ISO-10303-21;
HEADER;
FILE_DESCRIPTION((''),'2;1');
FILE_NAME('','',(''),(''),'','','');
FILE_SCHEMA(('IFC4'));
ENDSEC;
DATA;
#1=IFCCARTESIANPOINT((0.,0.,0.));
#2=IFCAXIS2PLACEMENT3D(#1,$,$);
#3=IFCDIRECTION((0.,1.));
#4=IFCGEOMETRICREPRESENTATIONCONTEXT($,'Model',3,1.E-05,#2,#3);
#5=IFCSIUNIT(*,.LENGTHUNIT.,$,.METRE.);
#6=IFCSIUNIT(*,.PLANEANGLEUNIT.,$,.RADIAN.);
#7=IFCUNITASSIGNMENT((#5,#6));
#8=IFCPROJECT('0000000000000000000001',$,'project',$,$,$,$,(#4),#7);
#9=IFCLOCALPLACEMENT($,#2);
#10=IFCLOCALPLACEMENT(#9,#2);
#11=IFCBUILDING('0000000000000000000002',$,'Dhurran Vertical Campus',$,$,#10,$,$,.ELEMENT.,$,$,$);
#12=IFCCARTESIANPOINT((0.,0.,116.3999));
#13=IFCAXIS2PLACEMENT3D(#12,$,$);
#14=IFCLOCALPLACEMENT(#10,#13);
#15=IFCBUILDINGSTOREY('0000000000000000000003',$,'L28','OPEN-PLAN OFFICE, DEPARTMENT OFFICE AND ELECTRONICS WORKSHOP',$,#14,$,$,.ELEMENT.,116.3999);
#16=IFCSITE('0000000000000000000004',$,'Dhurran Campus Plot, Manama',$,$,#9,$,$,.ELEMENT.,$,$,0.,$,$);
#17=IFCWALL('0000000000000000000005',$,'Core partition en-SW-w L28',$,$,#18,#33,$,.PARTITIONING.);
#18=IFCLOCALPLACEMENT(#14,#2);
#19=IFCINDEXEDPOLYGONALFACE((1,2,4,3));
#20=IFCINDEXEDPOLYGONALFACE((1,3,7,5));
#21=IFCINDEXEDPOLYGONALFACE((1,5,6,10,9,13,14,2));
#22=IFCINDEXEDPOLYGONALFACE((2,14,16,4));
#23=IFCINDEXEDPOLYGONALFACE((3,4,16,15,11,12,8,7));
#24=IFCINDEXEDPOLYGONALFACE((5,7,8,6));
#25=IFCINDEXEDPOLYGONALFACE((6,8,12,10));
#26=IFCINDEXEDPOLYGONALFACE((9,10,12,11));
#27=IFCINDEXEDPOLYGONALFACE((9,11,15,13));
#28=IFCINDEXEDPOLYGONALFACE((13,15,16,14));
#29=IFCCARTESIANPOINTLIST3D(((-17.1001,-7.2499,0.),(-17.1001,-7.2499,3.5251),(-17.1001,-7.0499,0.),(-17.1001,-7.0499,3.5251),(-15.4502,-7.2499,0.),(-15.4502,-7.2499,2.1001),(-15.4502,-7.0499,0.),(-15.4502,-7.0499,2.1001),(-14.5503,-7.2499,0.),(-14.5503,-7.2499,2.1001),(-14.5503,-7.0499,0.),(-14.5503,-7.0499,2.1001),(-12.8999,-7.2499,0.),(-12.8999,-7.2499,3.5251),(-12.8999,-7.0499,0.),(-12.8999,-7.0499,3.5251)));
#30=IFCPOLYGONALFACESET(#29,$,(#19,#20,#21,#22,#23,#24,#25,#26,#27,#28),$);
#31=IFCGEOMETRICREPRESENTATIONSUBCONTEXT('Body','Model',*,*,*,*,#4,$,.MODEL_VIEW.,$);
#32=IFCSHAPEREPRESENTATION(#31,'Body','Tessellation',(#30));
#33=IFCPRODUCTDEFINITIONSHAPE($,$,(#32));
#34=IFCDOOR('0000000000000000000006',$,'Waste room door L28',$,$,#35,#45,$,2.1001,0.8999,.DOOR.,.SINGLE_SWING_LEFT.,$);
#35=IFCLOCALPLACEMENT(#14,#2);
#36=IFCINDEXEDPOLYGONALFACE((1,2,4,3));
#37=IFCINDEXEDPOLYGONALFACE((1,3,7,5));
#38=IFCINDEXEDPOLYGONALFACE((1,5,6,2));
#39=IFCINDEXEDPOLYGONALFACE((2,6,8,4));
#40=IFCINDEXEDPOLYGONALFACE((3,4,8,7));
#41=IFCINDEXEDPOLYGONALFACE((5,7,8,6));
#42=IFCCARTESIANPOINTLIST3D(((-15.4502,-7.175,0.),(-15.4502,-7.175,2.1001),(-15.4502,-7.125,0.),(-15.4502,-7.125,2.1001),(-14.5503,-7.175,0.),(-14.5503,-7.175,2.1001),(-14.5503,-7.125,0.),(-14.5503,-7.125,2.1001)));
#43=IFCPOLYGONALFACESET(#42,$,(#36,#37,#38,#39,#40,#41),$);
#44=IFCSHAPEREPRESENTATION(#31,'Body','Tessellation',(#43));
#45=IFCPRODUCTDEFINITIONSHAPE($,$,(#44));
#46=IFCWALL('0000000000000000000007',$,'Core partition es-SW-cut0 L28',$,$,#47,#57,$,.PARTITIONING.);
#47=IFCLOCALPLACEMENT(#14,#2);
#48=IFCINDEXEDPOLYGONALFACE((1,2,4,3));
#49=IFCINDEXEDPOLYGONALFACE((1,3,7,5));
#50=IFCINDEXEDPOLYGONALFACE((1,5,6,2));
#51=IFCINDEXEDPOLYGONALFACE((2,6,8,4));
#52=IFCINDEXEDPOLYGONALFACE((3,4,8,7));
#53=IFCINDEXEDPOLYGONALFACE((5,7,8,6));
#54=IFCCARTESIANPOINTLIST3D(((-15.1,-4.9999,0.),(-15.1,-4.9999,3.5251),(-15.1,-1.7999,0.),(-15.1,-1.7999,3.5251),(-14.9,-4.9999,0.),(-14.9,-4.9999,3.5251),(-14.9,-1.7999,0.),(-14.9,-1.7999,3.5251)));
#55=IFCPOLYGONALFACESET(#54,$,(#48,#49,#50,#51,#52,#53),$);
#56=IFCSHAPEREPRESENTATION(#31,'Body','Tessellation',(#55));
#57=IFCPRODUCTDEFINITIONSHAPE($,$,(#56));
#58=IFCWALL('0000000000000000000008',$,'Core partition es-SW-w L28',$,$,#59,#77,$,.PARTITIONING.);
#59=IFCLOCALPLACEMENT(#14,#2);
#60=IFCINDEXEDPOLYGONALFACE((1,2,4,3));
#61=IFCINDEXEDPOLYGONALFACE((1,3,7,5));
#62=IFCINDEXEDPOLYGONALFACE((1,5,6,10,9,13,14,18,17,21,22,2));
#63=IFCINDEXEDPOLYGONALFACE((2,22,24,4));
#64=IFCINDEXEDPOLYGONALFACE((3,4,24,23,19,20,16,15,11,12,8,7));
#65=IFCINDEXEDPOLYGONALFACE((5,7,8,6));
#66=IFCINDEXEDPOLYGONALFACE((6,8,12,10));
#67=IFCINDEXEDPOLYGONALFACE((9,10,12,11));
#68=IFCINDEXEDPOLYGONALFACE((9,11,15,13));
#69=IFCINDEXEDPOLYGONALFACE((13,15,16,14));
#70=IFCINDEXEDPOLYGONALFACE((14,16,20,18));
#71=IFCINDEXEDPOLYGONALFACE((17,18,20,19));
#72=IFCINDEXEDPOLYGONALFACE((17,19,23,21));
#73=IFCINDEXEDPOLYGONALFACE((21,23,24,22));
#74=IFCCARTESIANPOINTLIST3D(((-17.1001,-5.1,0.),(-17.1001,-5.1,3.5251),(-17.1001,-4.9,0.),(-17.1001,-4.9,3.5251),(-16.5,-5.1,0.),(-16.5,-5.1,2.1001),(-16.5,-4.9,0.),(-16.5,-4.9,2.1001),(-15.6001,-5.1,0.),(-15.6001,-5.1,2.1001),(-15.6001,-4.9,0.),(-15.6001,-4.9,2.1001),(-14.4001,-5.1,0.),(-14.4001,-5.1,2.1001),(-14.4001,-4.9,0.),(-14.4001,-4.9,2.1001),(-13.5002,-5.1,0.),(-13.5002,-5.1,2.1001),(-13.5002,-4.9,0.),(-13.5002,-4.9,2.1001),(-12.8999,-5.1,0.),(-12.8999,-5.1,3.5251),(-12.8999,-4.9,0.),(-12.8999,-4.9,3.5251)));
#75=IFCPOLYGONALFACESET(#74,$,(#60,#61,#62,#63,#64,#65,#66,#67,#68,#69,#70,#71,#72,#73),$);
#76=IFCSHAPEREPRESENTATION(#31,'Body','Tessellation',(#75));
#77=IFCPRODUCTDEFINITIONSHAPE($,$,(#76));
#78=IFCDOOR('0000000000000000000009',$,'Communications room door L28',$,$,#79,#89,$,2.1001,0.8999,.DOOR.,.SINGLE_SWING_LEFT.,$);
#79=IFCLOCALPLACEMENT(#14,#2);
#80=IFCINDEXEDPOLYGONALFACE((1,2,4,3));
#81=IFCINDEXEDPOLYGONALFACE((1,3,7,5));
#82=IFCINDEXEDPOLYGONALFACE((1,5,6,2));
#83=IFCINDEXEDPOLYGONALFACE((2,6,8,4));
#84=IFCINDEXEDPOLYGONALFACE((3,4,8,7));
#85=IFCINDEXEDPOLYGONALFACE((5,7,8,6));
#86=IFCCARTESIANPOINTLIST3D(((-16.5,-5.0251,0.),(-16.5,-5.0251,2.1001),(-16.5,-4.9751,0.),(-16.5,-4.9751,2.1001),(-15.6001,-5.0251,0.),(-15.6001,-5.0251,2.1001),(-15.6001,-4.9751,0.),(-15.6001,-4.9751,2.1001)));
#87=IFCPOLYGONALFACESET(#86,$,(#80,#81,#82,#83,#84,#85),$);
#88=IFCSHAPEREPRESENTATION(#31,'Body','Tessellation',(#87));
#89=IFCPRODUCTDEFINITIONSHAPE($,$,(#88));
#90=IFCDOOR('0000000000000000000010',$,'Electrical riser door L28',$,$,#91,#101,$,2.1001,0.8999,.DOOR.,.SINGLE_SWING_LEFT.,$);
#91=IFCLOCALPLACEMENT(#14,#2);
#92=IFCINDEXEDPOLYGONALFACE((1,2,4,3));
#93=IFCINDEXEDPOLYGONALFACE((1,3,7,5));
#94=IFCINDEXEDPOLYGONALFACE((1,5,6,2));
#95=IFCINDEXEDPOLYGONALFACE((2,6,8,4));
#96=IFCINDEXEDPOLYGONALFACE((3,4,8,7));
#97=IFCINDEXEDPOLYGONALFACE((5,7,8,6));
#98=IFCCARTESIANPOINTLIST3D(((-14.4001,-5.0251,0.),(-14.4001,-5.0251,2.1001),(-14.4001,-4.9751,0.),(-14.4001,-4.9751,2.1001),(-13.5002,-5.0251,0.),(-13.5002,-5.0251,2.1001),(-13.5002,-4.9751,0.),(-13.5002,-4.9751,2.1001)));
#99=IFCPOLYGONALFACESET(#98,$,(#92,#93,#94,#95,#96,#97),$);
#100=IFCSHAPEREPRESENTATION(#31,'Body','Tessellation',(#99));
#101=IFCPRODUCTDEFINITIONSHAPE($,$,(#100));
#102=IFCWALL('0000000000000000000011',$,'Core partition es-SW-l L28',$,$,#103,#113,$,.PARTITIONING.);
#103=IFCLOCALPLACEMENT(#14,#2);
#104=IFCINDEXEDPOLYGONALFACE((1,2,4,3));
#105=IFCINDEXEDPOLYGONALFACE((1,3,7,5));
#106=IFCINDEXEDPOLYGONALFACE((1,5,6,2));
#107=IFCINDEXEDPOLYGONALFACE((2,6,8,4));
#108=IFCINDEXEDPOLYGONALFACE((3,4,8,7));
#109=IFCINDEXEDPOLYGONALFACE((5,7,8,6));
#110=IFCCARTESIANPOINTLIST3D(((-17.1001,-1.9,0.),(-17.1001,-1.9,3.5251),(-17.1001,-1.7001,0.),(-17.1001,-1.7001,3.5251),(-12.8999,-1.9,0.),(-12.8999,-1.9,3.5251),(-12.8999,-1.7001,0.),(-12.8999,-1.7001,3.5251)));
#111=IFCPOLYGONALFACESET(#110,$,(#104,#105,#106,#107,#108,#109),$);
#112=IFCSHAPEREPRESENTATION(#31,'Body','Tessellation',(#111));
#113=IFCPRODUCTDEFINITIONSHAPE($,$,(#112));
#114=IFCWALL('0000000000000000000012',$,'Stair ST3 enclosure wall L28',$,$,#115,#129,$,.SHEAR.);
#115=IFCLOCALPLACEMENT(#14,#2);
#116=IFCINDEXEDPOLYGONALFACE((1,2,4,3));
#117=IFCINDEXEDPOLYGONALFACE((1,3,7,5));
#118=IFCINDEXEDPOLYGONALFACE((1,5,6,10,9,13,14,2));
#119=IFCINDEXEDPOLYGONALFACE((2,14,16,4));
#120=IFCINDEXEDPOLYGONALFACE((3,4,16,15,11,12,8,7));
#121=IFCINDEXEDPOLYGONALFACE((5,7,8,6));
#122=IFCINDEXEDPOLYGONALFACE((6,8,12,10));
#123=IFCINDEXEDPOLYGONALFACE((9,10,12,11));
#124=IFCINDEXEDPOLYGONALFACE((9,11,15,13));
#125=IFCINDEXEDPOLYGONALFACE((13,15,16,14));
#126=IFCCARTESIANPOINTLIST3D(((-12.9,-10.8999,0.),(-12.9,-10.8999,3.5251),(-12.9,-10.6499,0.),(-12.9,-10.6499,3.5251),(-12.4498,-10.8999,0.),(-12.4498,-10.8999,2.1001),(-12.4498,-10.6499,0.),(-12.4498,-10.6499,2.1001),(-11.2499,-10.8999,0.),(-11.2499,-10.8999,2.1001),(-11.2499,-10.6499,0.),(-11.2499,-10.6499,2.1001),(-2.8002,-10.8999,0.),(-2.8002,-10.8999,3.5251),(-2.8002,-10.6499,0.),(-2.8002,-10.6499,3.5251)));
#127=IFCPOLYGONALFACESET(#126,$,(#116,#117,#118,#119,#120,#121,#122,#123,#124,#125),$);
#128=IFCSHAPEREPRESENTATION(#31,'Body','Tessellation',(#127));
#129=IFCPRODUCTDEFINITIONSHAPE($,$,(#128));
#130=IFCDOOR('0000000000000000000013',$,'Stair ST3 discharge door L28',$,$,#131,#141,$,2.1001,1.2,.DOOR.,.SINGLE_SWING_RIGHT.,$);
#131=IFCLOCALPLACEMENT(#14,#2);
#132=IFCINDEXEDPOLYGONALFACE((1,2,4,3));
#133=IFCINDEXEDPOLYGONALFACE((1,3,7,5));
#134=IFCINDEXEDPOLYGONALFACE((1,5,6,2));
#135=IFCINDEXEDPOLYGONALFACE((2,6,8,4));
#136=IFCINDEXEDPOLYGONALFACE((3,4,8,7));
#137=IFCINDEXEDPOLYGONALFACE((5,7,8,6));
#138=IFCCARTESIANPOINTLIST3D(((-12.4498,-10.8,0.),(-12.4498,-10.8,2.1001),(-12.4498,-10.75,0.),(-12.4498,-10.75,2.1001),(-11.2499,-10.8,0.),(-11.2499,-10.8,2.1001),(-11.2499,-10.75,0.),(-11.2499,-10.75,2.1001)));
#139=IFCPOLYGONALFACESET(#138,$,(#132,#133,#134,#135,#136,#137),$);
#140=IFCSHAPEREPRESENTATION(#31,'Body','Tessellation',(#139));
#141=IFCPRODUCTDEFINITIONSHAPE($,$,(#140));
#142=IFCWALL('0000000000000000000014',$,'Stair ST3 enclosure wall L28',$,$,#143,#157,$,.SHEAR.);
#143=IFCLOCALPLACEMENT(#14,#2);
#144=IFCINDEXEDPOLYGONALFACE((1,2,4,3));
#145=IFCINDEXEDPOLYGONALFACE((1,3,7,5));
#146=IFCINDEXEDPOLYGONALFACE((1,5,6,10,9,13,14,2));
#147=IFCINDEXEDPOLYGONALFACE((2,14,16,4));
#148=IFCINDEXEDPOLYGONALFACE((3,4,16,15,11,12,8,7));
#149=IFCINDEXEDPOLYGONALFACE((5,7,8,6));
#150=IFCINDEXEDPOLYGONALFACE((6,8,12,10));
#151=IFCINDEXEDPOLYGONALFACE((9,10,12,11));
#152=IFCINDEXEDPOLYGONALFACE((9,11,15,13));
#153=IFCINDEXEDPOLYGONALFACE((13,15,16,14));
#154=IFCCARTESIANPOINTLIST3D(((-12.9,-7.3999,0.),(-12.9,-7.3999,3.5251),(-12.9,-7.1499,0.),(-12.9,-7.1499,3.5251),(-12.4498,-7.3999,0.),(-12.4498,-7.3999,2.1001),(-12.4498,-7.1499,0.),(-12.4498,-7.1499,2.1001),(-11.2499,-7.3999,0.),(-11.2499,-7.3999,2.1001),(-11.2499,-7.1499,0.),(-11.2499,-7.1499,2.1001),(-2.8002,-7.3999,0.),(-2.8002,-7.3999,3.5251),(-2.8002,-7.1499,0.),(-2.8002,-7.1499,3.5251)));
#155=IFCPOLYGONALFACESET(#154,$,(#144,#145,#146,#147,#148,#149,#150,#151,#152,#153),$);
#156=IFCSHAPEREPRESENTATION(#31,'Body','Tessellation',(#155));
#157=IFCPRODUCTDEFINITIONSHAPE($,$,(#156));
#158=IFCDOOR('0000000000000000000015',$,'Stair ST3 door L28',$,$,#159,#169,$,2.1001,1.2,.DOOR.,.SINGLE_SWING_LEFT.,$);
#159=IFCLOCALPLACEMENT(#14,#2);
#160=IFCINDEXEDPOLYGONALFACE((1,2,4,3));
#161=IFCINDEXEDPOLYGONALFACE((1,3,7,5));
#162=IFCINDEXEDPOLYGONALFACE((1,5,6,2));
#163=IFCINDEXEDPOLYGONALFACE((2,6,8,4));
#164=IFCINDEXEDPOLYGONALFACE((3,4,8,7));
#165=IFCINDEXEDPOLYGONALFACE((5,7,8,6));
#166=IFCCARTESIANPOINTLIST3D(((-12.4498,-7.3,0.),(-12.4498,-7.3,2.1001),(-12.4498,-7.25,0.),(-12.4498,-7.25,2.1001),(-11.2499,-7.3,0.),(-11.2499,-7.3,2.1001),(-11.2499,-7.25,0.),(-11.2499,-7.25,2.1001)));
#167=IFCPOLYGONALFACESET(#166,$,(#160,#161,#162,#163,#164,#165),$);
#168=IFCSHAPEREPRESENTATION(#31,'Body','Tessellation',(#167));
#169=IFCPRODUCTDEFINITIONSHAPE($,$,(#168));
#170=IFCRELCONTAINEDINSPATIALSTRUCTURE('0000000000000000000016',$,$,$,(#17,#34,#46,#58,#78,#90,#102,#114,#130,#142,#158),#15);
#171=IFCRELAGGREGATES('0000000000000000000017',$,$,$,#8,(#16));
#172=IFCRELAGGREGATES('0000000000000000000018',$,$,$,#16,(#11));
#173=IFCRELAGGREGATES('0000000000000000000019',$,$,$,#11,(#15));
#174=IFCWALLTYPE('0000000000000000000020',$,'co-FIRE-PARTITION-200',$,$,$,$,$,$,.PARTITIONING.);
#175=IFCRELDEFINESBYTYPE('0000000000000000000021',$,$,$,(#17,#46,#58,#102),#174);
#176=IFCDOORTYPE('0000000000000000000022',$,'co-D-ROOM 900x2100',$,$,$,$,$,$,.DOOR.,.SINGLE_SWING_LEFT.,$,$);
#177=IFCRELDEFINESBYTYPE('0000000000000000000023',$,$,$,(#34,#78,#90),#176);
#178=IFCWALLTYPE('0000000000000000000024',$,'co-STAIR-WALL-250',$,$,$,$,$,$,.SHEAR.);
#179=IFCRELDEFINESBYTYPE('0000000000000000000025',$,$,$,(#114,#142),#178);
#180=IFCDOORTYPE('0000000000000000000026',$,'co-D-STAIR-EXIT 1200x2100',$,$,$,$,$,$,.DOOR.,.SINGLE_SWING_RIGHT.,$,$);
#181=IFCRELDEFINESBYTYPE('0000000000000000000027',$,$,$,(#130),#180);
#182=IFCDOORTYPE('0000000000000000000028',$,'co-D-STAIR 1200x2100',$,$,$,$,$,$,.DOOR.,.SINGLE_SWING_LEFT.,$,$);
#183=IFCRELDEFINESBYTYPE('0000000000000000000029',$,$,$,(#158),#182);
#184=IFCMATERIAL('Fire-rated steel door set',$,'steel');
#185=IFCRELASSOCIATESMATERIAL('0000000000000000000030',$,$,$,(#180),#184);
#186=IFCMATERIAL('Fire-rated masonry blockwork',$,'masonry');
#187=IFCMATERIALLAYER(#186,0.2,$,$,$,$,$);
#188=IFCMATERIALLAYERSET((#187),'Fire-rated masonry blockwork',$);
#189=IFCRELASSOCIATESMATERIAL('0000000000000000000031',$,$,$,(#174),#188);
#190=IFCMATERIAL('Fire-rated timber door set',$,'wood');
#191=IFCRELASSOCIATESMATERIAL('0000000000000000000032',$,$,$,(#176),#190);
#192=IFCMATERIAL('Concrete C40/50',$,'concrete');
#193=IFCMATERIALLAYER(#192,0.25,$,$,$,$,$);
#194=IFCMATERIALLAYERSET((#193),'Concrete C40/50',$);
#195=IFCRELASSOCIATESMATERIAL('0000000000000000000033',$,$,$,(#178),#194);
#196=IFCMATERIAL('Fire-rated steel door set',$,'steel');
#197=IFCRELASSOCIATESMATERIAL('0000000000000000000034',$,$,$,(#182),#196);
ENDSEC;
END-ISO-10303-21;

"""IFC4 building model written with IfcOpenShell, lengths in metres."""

from ifc_helpers import new_model, si_unit, direction, frame, frame_2d, origin, place, context, subcontext, project, spatial, rectangle, extrude, material, layer, layer_set, type_object, element, fill, save


model = new_model("IFC4")

# Units and contexts
model_context = context("Model", 3, precision=1e-05, world=origin(), true_north=direction((0.0, 1.0)))
body_context = subcontext(model_context, "Body", "Model", "MODEL_VIEW")
ifc_project = project(units=[si_unit("LENGTHUNIT", "METRE"), si_unit("PLANEANGLEUNIT", "RADIAN")], contexts=[model_context])

# Site, building, storey
site_placement = place(None, origin())
site = spatial("IfcSite", under=ifc_project, at=site_placement, Name="Dhurran Campus Plot, Manama", CompositionType="ELEMENT", RefElevation=0.0)
building_placement = place(site_placement, origin())
building = spatial("IfcBuilding", under=site, at=building_placement, Name="Dhurran Vertical Campus", CompositionType="ELEMENT")
storey_placement = place(building_placement, frame((0.0, 0.0, 116.3999)))
storey = spatial("IfcBuildingStorey", under=building, at=storey_placement, Name="L28", Description="OPEN-PLAN OFFICE, DEPARTMENT OFFICE AND ELECTRONICS WORKSHOP", CompositionType="ELEMENT", Elevation=116.3999)

# Shared definitions
ifc_material_1 = material(Name="Fire-rated steel door set", Category="steel")
door_type_1 = type_object("IfcDoorType", Name="co-D-STAIR-EXIT 1200x2100", OperationType="SINGLE_SWING_RIGHT", PredefinedType="DOOR", material=ifc_material_1)

# Wall, opening, door
ifc_material_2 = material(Name="Fire-rated masonry blockwork", Category="masonry")
ifc_layer_1 = layer(ifc_material_2, 0.2)
ifc_layer_set_1 = layer_set([ifc_layer_1], Name="Fire-rated masonry blockwork")
wall_type_1 = type_object("IfcWallType", Name="co-FIRE-PARTITION-200", PredefinedType="PARTITIONING", material=ifc_layer_set_1)
wall_1_placement = place(storey_placement, frame((-17.1001, -7.1499, 0.0), z_axis=(0.0, 0.0, 1.0), x_axis=(1.0, 0.0, 0.0)))
wall_1 = element("IfcWall", 1, at=wall_1_placement, inside=storey, type_object=wall_type_1, Name="Core partition en-SW-w L28", PredefinedType="PARTITIONING", context=body_context, shape_type="SweptSolid", body=[
    extrude(rectangle(XDim=4.2002, YDim=0.2, at=frame_2d((2.1001, 0.0))), origin(), (0.0, 0.0, 1.0), 3.5251),
])
opening_1_placement = place(wall_1_placement, frame((1.6499, 0.0, 0.0)))
opening_1 = element("IfcOpeningElement", 2, at=opening_1_placement, cuts=wall_1, PredefinedType="OPENING", context=body_context, shape_type="SweptSolid", body=[
    extrude(rectangle(XDim=0.8999, YDim=2.1001, at=frame_2d((0.45, 1.05))), frame((0.0, 0.1099, 0.0), z_axis=(0.0, -1.0, 0.0), x_axis=(1.0, 0.0, 0.0)), (0.0, 0.0, 1.0), 0.22),
])
ifc_material_3 = material(Name="Fire-rated timber door set", Category="wood")
door_type_2 = type_object("IfcDoorType", Name="co-D-ROOM 900x2100", OperationType="SINGLE_SWING_LEFT", PredefinedType="DOOR", material=ifc_material_3)
door_1_placement = place(opening_1_placement, origin())
door_1 = element("IfcDoor", 3, at=door_1_placement, inside=storey, type_object=door_type_2, Name="Waste room door L28", OperationType="SINGLE_SWING_LEFT", OverallHeight=2.1001, OverallWidth=0.8999, PredefinedType="DOOR", context=body_context, shape_type="SweptSolid", body=[
    extrude(rectangle(XDim=0.8999, YDim=2.1001, at=frame_2d((0.45, 1.05))), frame((0.0, 0.0249, 0.0), z_axis=(0.0, -1.0, 0.0), x_axis=(1.0, 0.0, 0.0)), (0.0, 0.0, 1.0), 0.05),
])
fill(opening_1, door_1)

# Wall
wall_2_placement = place(storey_placement, frame((-15.0, -5.0, 0.0), z_axis=(0.0, 0.0, 1.0), x_axis=(0.0, 1.0, 0.0)))
element("IfcWall", 4, at=wall_2_placement, inside=storey, type_object=wall_type_1, Name="Core partition es-SW-cut0 L28", PredefinedType="PARTITIONING", context=body_context, shape_type="SweptSolid", body=[
    extrude(rectangle(XDim=3.2, YDim=0.2, at=frame_2d((1.6001, 0.0))), origin(), (0.0, 0.0, 1.0), 3.5251),
])

# Wall, openings, doors
wall_3_placement = place(storey_placement, frame((-17.1001, -5.0, 0.0), z_axis=(0.0, 0.0, 1.0), x_axis=(1.0, 0.0, 0.0)))
wall_3 = element("IfcWall", 5, at=wall_3_placement, inside=storey, type_object=wall_type_1, Name="Core partition es-SW-w L28", PredefinedType="PARTITIONING", context=body_context, shape_type="SweptSolid", body=[
    extrude(rectangle(XDim=4.2002, YDim=0.2, at=frame_2d((2.1001, 0.0))), origin(), (0.0, 0.0, 1.0), 3.5251),
])
opening_2_placement = place(wall_3_placement, frame((0.6001, 0.0, 0.0)))
opening_2 = element("IfcOpeningElement", 6, at=opening_2_placement, cuts=wall_3, PredefinedType="OPENING", context=body_context, shape_type="SweptSolid", body=[
    extrude(rectangle(XDim=0.8999, YDim=2.1001, at=frame_2d((0.45, 1.05))), frame((0.0, 0.1099, 0.0), z_axis=(0.0, -1.0, 0.0), x_axis=(1.0, 0.0, 0.0)), (0.0, 0.0, 1.0), 0.22),
])
opening_3_placement = place(wall_3_placement, frame((2.7, 0.0, 0.0)))
opening_3 = element("IfcOpeningElement", 7, at=opening_3_placement, cuts=wall_3, PredefinedType="OPENING", context=body_context, shape_type="SweptSolid", body=[
    extrude(rectangle(XDim=0.8999, YDim=2.1001, at=frame_2d((0.45, 1.05))), frame((0.0, 0.1099, 0.0), z_axis=(0.0, -1.0, 0.0), x_axis=(1.0, 0.0, 0.0)), (0.0, 0.0, 1.0), 0.22),
])
door_2_placement = place(opening_2_placement, origin())
door_2 = element("IfcDoor", 8, at=door_2_placement, inside=storey, type_object=door_type_2, Name="Communications room door L28", OperationType="SINGLE_SWING_LEFT", OverallHeight=2.1001, OverallWidth=0.8999, PredefinedType="DOOR", context=body_context, shape_type="SweptSolid", body=[
    extrude(rectangle(XDim=0.8999, YDim=2.1001, at=frame_2d((0.45, 1.05))), frame((0.0, 0.0249, 0.0), z_axis=(0.0, -1.0, 0.0), x_axis=(1.0, 0.0, 0.0)), (0.0, 0.0, 1.0), 0.05),
])
fill(opening_2, door_2)
door_3_placement = place(opening_3_placement, origin())
door_3 = element("IfcDoor", 9, at=door_3_placement, inside=storey, type_object=door_type_2, Name="Electrical riser door L28", OperationType="SINGLE_SWING_LEFT", OverallHeight=2.1001, OverallWidth=0.8999, PredefinedType="DOOR", context=body_context, shape_type="SweptSolid", body=[
    extrude(rectangle(XDim=0.8999, YDim=2.1001, at=frame_2d((0.45, 1.05))), frame((0.0, 0.0249, 0.0), z_axis=(0.0, -1.0, 0.0), x_axis=(1.0, 0.0, 0.0)), (0.0, 0.0, 1.0), 0.05),
])
fill(opening_3, door_3)

# Wall
wall_4_placement = place(storey_placement, frame((-17.1001, -1.8, 0.0), z_axis=(0.0, 0.0, 1.0), x_axis=(1.0, 0.0, 0.0)))
element("IfcWall", 10, at=wall_4_placement, inside=storey, type_object=wall_type_1, Name="Core partition es-SW-l L28", PredefinedType="PARTITIONING", context=body_context, shape_type="SweptSolid", body=[
    extrude(rectangle(XDim=4.2002, YDim=0.2, at=frame_2d((2.1001, 0.0))), origin(), (0.0, 0.0, 1.0), 3.5251),
])

# Walls, openings, doors
ifc_material_4 = material(Name="Concrete C40/50", Category="concrete")
ifc_layer_2 = layer(ifc_material_4, 0.25)
ifc_layer_set_2 = layer_set([ifc_layer_2], Name="Concrete C40/50")
wall_type_2 = type_object("IfcWallType", Name="co-STAIR-WALL-250", PredefinedType="SHEAR", material=ifc_layer_set_2)
wall_5_placement = place(storey_placement, frame((-12.8999, -10.7749, 0.0), z_axis=(0.0, 0.0, 1.0), x_axis=(1.0, 0.0, 0.0)))
wall_5 = element("IfcWall", 11, at=wall_5_placement, inside=storey, type_object=wall_type_2, Name="Stair ST3 enclosure wall L28", PredefinedType="SHEAR", context=body_context, shape_type="SweptSolid", body=[
    extrude(rectangle(XDim=10.0999, YDim=0.25, at=frame_2d((5.0498, 0.0))), origin(), (0.0, 0.0, 1.0), 3.5251),
])
opening_4_placement = place(wall_5_placement, frame((0.45, 0.0, 0.0)))
opening_4 = element("IfcOpeningElement", 12, at=opening_4_placement, cuts=wall_5, PredefinedType="OPENING", context=body_context, shape_type="SweptSolid", body=[
    extrude(rectangle(XDim=1.2, YDim=2.1001, at=frame_2d((0.6001, 1.05))), frame((0.0, 0.135, 0.0), z_axis=(0.0, -1.0, 0.0), x_axis=(1.0, 0.0, 0.0)), (0.0, 0.0, 1.0), 0.27),
])
door_4_placement = place(opening_4_placement, origin())
door_4 = element("IfcDoor", 13, at=door_4_placement, inside=storey, type_object=door_type_1, Name="Stair ST3 discharge door L28", OperationType="SINGLE_SWING_RIGHT", OverallHeight=2.1001, OverallWidth=1.2, PredefinedType="DOOR", context=body_context, shape_type="SweptSolid", body=[
    extrude(rectangle(XDim=1.2, YDim=2.1001, at=frame_2d((0.6001, 1.05))), frame((0.0, 0.0249, 0.0), z_axis=(0.0, -1.0, 0.0), x_axis=(1.0, 0.0, 0.0)), (0.0, 0.0, 1.0), 0.05),
])
fill(opening_4, door_4)
wall_6_placement = place(storey_placement, frame((-12.8999, -7.2749, 0.0), z_axis=(0.0, 0.0, 1.0), x_axis=(1.0, 0.0, 0.0)))
wall_6 = element("IfcWall", 14, at=wall_6_placement, inside=storey, type_object=wall_type_2, Name="Stair ST3 enclosure wall L28", PredefinedType="SHEAR", context=body_context, shape_type="SweptSolid", body=[
    extrude(rectangle(XDim=10.0999, YDim=0.25, at=frame_2d((5.0498, 0.0))), origin(), (0.0, 0.0, 1.0), 3.5251),
])
opening_5_placement = place(wall_6_placement, frame((0.45, 0.0, 0.0)))
opening_5 = element("IfcOpeningElement", 15, at=opening_5_placement, cuts=wall_6, PredefinedType="OPENING", context=body_context, shape_type="SweptSolid", body=[
    extrude(rectangle(XDim=1.2, YDim=2.1001, at=frame_2d((0.6001, 1.05))), frame((0.0, 0.135, 0.0), z_axis=(0.0, -1.0, 0.0), x_axis=(1.0, 0.0, 0.0)), (0.0, 0.0, 1.0), 0.27),
])
ifc_material_5 = material(Name="Fire-rated steel door set", Category="steel")
door_type_3 = type_object("IfcDoorType", Name="co-D-STAIR 1200x2100", OperationType="SINGLE_SWING_LEFT", PredefinedType="DOOR", material=ifc_material_5)
door_5_placement = place(opening_5_placement, origin())
door_5 = element("IfcDoor", 16, at=door_5_placement, inside=storey, type_object=door_type_3, Name="Stair ST3 door L28", OperationType="SINGLE_SWING_LEFT", OverallHeight=2.1001, OverallWidth=1.2, PredefinedType="DOOR", context=body_context, shape_type="SweptSolid", body=[
    extrude(rectangle(XDim=1.2, YDim=2.1001, at=frame_2d((0.6001, 1.05))), frame((0.0, 0.0249, 0.0), z_axis=(0.0, -1.0, 0.0), x_axis=(1.0, 0.0, 0.0)), (0.0, 0.0, 1.0), 0.05),
])
fill(opening_5, door_5)

save(model, "model.ifc")
